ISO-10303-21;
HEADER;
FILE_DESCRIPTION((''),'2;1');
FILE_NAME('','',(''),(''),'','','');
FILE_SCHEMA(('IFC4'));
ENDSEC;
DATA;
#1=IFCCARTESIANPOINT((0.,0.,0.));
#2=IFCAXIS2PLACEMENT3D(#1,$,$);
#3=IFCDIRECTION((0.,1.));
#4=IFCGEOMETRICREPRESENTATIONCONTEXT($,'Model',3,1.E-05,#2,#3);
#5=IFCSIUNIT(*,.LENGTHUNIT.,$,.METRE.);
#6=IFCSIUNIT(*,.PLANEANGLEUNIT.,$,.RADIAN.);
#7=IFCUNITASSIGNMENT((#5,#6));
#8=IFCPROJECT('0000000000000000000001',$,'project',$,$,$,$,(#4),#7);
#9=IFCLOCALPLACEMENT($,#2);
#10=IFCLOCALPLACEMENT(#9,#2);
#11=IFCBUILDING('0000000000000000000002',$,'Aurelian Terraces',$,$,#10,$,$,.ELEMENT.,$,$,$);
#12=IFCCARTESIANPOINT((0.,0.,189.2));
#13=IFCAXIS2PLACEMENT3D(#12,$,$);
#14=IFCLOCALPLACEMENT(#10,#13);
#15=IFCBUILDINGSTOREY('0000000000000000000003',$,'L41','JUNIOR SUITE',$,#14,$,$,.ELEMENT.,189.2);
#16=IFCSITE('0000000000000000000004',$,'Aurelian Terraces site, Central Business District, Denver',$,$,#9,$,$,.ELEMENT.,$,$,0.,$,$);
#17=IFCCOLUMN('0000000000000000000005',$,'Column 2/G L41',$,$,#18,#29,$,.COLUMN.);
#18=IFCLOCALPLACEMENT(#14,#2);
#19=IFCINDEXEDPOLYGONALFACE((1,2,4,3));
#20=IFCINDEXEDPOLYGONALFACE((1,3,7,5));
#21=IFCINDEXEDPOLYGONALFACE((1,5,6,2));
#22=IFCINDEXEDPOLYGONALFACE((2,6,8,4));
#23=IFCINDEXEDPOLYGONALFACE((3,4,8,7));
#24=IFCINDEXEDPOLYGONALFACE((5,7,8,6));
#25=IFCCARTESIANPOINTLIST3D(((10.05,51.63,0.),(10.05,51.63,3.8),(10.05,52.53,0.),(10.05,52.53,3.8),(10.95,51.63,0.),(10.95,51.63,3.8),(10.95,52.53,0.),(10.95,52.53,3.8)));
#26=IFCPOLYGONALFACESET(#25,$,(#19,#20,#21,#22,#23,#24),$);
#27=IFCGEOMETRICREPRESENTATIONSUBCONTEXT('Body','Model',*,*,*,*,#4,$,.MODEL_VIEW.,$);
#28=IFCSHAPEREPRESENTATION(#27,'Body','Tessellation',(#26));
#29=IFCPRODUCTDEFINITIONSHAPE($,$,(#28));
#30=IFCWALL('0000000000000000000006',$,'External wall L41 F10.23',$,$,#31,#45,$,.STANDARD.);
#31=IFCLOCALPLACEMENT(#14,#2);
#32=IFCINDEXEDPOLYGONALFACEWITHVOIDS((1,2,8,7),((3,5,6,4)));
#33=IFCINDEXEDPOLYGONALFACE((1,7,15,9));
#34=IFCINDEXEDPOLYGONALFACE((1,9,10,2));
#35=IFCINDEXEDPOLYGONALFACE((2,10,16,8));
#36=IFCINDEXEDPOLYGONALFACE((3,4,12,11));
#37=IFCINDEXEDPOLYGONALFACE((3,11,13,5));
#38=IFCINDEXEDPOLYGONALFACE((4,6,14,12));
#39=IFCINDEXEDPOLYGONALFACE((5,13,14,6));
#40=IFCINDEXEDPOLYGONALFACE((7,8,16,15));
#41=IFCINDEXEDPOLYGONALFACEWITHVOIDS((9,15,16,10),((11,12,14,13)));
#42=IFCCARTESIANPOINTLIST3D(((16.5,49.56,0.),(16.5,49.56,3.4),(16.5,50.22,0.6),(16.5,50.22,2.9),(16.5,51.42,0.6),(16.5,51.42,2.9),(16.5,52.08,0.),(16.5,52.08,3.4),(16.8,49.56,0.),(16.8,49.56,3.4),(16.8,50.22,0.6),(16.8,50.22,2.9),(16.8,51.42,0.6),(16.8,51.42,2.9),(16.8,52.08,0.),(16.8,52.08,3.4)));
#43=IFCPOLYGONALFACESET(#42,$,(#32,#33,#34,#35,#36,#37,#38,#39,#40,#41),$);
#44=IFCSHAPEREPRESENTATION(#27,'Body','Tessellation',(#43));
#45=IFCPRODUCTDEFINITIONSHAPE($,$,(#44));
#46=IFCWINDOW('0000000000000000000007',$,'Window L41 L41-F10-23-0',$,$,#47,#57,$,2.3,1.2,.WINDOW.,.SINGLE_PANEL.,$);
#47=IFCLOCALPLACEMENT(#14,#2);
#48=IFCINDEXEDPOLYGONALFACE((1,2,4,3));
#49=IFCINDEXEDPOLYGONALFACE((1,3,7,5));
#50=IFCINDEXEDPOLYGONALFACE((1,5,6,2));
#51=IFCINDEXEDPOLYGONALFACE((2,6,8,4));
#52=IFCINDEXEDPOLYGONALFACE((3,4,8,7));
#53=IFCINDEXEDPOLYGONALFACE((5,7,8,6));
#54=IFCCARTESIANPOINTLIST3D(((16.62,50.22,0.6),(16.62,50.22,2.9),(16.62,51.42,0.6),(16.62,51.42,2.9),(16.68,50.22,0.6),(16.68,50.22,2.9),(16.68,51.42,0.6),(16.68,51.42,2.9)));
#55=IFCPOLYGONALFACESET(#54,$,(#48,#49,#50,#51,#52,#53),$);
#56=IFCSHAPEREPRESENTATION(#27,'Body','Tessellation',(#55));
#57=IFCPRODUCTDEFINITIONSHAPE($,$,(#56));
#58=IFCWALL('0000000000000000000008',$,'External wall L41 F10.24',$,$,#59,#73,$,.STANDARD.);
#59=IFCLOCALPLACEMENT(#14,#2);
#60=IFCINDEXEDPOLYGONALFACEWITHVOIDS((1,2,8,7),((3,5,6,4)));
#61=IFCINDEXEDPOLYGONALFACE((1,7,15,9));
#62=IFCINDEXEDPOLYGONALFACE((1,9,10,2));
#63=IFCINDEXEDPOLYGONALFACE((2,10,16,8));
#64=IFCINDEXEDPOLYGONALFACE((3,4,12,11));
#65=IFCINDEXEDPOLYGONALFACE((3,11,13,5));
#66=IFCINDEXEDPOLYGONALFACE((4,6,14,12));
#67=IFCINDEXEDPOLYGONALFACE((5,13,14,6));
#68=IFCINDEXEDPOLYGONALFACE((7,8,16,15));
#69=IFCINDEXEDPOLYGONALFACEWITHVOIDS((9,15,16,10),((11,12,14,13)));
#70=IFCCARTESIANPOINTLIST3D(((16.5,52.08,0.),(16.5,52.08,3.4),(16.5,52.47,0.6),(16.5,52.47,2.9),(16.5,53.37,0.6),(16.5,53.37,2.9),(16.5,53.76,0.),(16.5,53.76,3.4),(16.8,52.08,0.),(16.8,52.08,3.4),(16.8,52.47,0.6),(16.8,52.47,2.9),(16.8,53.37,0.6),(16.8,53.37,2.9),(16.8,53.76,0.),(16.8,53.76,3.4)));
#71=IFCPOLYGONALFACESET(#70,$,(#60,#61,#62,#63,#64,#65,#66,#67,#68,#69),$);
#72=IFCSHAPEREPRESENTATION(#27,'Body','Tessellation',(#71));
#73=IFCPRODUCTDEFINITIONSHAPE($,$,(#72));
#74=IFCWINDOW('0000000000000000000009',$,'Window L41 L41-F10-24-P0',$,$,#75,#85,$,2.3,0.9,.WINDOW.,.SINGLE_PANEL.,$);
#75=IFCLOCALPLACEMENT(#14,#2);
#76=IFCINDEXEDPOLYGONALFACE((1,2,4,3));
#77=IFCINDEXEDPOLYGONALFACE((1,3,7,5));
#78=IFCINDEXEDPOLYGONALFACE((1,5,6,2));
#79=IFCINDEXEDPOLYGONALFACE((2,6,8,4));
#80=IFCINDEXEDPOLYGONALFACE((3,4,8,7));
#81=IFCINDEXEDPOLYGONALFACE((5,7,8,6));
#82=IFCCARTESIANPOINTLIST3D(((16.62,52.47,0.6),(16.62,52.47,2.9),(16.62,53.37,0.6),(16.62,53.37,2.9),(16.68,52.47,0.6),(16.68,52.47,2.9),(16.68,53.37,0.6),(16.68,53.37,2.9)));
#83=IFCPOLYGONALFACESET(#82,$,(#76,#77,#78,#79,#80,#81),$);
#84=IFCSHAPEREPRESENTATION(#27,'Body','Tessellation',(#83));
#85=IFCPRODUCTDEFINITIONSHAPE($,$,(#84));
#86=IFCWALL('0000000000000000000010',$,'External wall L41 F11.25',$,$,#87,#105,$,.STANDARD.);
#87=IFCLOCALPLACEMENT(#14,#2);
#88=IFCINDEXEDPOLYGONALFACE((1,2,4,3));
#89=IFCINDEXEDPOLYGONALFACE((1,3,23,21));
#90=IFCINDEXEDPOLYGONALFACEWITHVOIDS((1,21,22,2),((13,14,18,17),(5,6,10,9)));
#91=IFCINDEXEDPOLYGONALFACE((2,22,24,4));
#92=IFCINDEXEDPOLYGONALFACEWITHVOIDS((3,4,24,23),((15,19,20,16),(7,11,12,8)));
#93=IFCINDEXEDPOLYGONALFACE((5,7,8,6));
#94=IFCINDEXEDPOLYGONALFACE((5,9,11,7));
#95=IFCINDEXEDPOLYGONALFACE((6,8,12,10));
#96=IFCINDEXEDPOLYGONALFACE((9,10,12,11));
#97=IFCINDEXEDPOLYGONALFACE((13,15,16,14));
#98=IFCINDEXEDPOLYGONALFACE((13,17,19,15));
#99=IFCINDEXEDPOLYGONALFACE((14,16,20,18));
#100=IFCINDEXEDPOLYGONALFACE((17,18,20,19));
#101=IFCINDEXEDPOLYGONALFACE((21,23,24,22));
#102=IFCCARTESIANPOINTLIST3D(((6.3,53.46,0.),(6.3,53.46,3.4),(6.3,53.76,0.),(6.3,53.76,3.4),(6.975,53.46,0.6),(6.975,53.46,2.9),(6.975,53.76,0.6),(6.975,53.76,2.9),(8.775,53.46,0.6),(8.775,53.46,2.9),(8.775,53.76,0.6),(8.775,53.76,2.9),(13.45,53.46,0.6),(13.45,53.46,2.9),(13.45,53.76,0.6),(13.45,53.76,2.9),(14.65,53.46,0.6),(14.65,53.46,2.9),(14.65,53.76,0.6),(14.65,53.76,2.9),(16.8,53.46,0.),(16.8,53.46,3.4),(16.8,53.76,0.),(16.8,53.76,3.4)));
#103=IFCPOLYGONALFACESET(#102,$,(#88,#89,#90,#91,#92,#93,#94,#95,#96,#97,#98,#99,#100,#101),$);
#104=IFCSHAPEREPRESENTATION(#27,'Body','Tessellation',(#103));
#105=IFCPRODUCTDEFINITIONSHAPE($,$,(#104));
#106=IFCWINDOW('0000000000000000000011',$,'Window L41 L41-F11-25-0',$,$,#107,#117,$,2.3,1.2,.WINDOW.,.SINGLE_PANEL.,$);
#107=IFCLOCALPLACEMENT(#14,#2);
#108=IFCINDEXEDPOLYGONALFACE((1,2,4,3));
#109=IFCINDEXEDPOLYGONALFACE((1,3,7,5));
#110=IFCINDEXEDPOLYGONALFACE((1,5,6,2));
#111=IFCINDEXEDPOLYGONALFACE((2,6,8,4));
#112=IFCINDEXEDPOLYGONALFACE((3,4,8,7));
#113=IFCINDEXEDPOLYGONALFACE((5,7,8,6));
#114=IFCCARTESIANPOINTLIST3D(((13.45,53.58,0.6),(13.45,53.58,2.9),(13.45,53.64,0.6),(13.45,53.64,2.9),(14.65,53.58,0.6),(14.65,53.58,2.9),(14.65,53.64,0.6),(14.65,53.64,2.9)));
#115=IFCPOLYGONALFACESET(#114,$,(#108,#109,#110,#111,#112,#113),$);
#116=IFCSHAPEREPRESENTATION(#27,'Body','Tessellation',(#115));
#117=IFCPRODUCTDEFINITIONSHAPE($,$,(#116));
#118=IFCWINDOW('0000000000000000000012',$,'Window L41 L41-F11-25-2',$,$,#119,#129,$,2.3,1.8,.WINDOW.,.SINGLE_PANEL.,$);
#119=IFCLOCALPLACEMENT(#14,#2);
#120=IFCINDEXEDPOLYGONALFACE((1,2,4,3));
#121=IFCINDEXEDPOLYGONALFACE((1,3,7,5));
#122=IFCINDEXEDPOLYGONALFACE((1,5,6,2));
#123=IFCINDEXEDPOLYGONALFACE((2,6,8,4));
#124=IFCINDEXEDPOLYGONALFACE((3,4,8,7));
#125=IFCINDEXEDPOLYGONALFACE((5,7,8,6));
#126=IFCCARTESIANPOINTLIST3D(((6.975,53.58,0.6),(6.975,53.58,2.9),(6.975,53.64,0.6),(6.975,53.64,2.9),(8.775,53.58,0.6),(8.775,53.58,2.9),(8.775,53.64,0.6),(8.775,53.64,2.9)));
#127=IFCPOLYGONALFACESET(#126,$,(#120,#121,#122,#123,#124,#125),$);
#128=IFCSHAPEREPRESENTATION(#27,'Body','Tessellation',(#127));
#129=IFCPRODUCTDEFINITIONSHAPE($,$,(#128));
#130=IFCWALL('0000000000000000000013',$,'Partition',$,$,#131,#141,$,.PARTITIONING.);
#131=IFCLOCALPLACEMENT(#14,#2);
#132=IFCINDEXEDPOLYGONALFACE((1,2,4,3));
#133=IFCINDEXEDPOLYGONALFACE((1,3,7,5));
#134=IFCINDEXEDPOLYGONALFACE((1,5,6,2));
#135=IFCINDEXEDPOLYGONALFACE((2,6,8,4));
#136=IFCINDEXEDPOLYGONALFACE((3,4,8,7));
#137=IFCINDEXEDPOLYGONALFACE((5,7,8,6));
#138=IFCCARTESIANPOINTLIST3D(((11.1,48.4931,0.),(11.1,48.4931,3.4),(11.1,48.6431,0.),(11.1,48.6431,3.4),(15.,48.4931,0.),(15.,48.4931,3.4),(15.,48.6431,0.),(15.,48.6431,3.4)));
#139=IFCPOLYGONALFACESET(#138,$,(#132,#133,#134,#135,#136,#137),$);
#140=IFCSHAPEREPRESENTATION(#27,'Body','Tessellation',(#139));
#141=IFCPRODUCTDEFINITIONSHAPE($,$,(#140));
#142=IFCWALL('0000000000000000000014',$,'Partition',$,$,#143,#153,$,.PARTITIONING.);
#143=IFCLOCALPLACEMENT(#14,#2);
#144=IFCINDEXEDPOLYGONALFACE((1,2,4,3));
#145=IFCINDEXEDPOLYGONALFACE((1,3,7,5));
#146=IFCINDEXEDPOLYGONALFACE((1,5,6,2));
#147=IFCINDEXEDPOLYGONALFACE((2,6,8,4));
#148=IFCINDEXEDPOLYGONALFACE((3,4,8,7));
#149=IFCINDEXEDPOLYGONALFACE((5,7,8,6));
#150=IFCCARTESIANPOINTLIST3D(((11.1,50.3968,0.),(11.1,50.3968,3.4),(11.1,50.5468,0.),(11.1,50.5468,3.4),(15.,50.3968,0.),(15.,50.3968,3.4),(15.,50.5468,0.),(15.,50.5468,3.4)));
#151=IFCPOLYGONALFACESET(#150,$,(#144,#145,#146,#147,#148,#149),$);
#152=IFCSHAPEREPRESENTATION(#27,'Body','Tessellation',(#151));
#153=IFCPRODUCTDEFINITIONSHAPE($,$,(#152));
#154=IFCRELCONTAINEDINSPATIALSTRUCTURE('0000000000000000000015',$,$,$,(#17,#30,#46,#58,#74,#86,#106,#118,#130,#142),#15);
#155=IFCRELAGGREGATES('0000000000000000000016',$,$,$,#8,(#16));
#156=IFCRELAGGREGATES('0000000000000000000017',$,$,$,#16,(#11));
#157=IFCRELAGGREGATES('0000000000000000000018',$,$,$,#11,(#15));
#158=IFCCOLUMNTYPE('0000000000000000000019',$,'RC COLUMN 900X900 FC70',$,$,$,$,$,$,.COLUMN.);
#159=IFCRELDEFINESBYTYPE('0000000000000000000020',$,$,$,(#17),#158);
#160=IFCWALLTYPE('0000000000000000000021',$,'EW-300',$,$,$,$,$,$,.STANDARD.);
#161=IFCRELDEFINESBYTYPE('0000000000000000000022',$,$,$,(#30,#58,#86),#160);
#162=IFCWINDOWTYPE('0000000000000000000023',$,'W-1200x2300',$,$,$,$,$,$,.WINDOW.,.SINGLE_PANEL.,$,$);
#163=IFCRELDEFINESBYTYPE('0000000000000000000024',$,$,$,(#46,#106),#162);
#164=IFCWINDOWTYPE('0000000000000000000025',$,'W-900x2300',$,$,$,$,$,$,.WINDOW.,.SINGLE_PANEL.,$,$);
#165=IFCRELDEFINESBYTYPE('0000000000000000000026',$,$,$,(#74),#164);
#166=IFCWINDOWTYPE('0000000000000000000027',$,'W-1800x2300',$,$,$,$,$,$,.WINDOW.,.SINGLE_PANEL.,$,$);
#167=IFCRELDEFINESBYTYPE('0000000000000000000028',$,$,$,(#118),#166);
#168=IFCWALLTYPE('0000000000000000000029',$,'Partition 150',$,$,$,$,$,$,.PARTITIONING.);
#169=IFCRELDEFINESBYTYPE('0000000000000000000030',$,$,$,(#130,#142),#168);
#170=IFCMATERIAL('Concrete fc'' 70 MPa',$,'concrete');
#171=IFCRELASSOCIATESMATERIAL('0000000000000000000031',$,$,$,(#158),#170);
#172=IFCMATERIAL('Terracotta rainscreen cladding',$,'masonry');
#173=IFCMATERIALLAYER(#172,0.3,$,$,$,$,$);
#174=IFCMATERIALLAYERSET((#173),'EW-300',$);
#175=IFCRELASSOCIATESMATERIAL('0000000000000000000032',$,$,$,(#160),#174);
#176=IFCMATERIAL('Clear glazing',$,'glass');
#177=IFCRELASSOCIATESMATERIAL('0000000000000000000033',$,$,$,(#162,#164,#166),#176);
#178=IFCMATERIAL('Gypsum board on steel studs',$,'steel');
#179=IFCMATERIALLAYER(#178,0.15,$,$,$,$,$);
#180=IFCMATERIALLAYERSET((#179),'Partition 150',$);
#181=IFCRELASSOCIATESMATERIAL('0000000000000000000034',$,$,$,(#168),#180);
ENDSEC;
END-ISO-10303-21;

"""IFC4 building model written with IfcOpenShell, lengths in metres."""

from ifc_helpers import new_model, si_unit, direction, frame, frame_2d, origin, origin_2d, place, context, subcontext, project, spatial, rectangle, extrude, source, transform, mapped, material, layer, layer_set, material_profile, profile_set, type_object, element, fill, save


model = new_model("IFC4")

# Units and contexts
model_context = context("Model", 3, precision=1e-05, world=origin(), true_north=direction((0.0, 1.0)))
body_context = subcontext(model_context, "Body", "Model", "MODEL_VIEW")
ifc_project = project(units=[si_unit("LENGTHUNIT", "METRE"), si_unit("PLANEANGLEUNIT", "RADIAN")], contexts=[model_context])

# Site, building, storey
site_placement = place(None, origin())
site = spatial("IfcSite", under=ifc_project, at=site_placement, Name="Aurelian Terraces site, Central Business District, Denver", CompositionType="ELEMENT", RefElevation=0.0)
building_placement = place(site_placement, origin())
building = spatial("IfcBuilding", under=site, at=building_placement, Name="Aurelian Terraces", CompositionType="ELEMENT")
storey_placement = place(building_placement, frame((0.0, 0.0, 189.2)))
storey = spatial("IfcBuildingStorey", under=building, at=storey_placement, Name="L41", Description="JUNIOR SUITE", CompositionType="ELEMENT", Elevation=189.2)

# Column
ifc_material_1 = material(Name="Concrete fc' 70 MPa", Category="concrete")
ifc_material_profile = material_profile(ifc_material_1, rectangle(XDim=0.9, YDim=0.9, at=origin_2d()))
ifc_profile_set = profile_set([ifc_material_profile], Name="Concrete fc' 70 MPa")
column_type = type_object("IfcColumnType", Name="RC COLUMN 900X900 FC70", PredefinedType="COLUMN", material=ifc_profile_set)
shared_shape_1 = source(origin(), body_context, "Body", "SweptSolid", [
    extrude(rectangle(XDim=0.9, YDim=0.9, at=origin_2d()), origin(), (0.0, 0.0, 1.0), 3.8),
])
column_placement = place(storey_placement, frame((10.5, 52.08, 0.0), z_axis=(0.0, 0.0, 1.0), x_axis=(1.0, 0.0, 0.0)))
element("IfcColumn", 1, at=column_placement, inside=storey, type_object=column_type, Name="Column 2/G L41", PredefinedType="COLUMN", context=body_context, shape_type="MappedRepresentation", body=[
    mapped(shared_shape_1, transform((0.0, 0.0, 0.0), scale=1.0)),
])

# Walls, openings, windows
ifc_material_2 = material(Name="Terracotta rainscreen cladding", Category="masonry")
ifc_layer_1 = layer(ifc_material_2, 0.3)
ifc_layer_set_1 = layer_set([ifc_layer_1], Name="EW-300")
wall_type_1 = type_object("IfcWallType", Name="EW-300", PredefinedType="STANDARD", material=ifc_layer_set_1)
shared_shape_2 = source(origin(), body_context, "Body", "SweptSolid", [
    extrude(rectangle(XDim=2.52, YDim=0.3, at=frame_2d((1.26, 0.0))), origin(), (0.0, 0.0, 1.0), 3.4),
])
wall_1_placement = place(storey_placement, frame((16.65, 49.56, 0.0), z_axis=(0.0, 0.0, 1.0), x_axis=(0.0, 1.0, 0.0)))
wall_1 = element("IfcWall", 2, at=wall_1_placement, inside=storey, type_object=wall_type_1, Name="External wall L41 F10.23", PredefinedType="STANDARD", context=body_context, shape_type="MappedRepresentation", body=[
    mapped(shared_shape_2, transform((0.0, 0.0, 0.0), scale=1.0)),
])
shared_shape_3 = source(origin(), body_context, "Body", "SweptSolid", [
    extrude(rectangle(XDim=1.2, YDim=2.3, at=frame_2d((0.6, 1.15))), frame((0.0, 0.16, 0.0), z_axis=(0.0, -1.0, 0.0), x_axis=(1.0, 0.0, 0.0)), (0.0, 0.0, 1.0), 0.32),
])
opening_1_placement = place(wall_1_placement, frame((0.66, 0.0, 0.6)))
opening_1 = element("IfcOpeningElement", 3, at=opening_1_placement, cuts=wall_1, PredefinedType="OPENING", context=body_context, shape_type="MappedRepresentation", body=[
    mapped(shared_shape_3, transform((0.0, 0.0, 0.0), scale=1.0)),
])
ifc_material_3 = material(Name="Clear glazing", Category="glass")
window_type_1 = type_object("IfcWindowType", Name="W-1200x2300", PartitioningType="SINGLE_PANEL", PredefinedType="WINDOW", material=ifc_material_3)
shared_shape_4 = source(origin(), body_context, "Body", "SweptSolid", [
    extrude(rectangle(XDim=1.2, YDim=2.3, at=frame_2d((0.6, 1.15))), frame((0.0, 0.03, 0.0), z_axis=(0.0, -1.0, 0.0), x_axis=(1.0, 0.0, 0.0)), (0.0, 0.0, 1.0), 0.06),
])
window_1_placement = place(opening_1_placement, origin())
window_1 = element("IfcWindow", 4, at=window_1_placement, inside=storey, type_object=window_type_1, Name="Window L41 L41-F10-23-0", OverallHeight=2.3, OverallWidth=1.2, PartitioningType="SINGLE_PANEL", PredefinedType="WINDOW", context=body_context, shape_type="MappedRepresentation", body=[
    mapped(shared_shape_4, transform((0.0, 0.0, 0.0), scale=1.0)),
])
fill(opening_1, window_1)
shared_shape_5 = source(origin(), body_context, "Body", "SweptSolid", [
    extrude(rectangle(XDim=1.68, YDim=0.3, at=frame_2d((0.84, 0.0))), origin(), (0.0, 0.0, 1.0), 3.4),
])
wall_2_placement = place(storey_placement, frame((16.65, 52.08, 0.0), z_axis=(0.0, 0.0, 1.0), x_axis=(0.0, 1.0, 0.0)))
wall_2 = element("IfcWall", 5, at=wall_2_placement, inside=storey, type_object=wall_type_1, Name="External wall L41 F10.24", PredefinedType="STANDARD", context=body_context, shape_type="MappedRepresentation", body=[
    mapped(shared_shape_5, transform((0.0, 0.0, 0.0), scale=1.0)),
])
shared_shape_6 = source(origin(), body_context, "Body", "SweptSolid", [
    extrude(rectangle(XDim=0.9, YDim=2.3, at=frame_2d((0.45, 1.15))), frame((0.0, 0.16, 0.0), z_axis=(0.0, -1.0, 0.0), x_axis=(1.0, 0.0, 0.0)), (0.0, 0.0, 1.0), 0.32),
])
opening_2_placement = place(wall_2_placement, frame((0.39, 0.0, 0.6)))
opening_2 = element("IfcOpeningElement", 6, at=opening_2_placement, cuts=wall_2, PredefinedType="OPENING", context=body_context, shape_type="MappedRepresentation", body=[
    mapped(shared_shape_6, transform((0.0, 0.0, 0.0), scale=1.0)),
])
window_type_2 = type_object("IfcWindowType", Name="W-900x2300", PartitioningType="SINGLE_PANEL", PredefinedType="WINDOW", material=ifc_material_3)
shared_shape_7 = source(origin(), body_context, "Body", "SweptSolid", [
    extrude(rectangle(XDim=0.9, YDim=2.3, at=frame_2d((0.45, 1.15))), frame((0.0, 0.03, 0.0), z_axis=(0.0, -1.0, 0.0), x_axis=(1.0, 0.0, 0.0)), (0.0, 0.0, 1.0), 0.06),
])
window_2_placement = place(opening_2_placement, origin())
window_2 = element("IfcWindow", 7, at=window_2_placement, inside=storey, type_object=window_type_2, Name="Window L41 L41-F10-24-P0", OverallHeight=2.3, OverallWidth=0.9, PartitioningType="SINGLE_PANEL", PredefinedType="WINDOW", context=body_context, shape_type="MappedRepresentation", body=[
    mapped(shared_shape_7, transform((0.0, 0.0, 0.0), scale=1.0)),
])
fill(opening_2, window_2)

# Wall, openings, windows
shared_shape_8 = source(origin(), body_context, "Body", "SweptSolid", [
    extrude(rectangle(XDim=10.5, YDim=0.3, at=frame_2d((5.25, 0.0))), origin(), (0.0, 0.0, 1.0), 3.4),
])
wall_3_placement = place(storey_placement, frame((16.8, 53.61, 0.0), z_axis=(0.0, 0.0, 1.0), x_axis=(-1.0, 0.0, 0.0)))
wall_3 = element("IfcWall", 8, at=wall_3_placement, inside=storey, type_object=wall_type_1, Name="External wall L41 F11.25", PredefinedType="STANDARD", context=body_context, shape_type="MappedRepresentation", body=[
    mapped(shared_shape_8, transform((0.0, 0.0, 0.0), scale=1.0)),
])
opening_3_placement = place(wall_3_placement, frame((2.15, 0.0, 0.6)))
opening_3 = element("IfcOpeningElement", 9, at=opening_3_placement, cuts=wall_3, PredefinedType="OPENING", context=body_context, shape_type="MappedRepresentation", body=[
    mapped(shared_shape_3, transform((0.0, 0.0, 0.0), scale=1.0)),
])
shared_shape_9 = source(origin(), body_context, "Body", "SweptSolid", [
    extrude(rectangle(XDim=1.8, YDim=2.3, at=frame_2d((0.9, 1.15))), frame((0.0, 0.16, 0.0), z_axis=(0.0, -1.0, 0.0), x_axis=(1.0, 0.0, 0.0)), (0.0, 0.0, 1.0), 0.32),
])
opening_4_placement = place(wall_3_placement, frame((8.025, 0.0, 0.6)))
opening_4 = element("IfcOpeningElement", 10, at=opening_4_placement, cuts=wall_3, PredefinedType="OPENING", context=body_context, shape_type="MappedRepresentation", body=[
    mapped(shared_shape_9, transform((0.0, 0.0, 0.0), scale=1.0)),
])
window_3_placement = place(opening_3_placement, origin())
window_3 = element("IfcWindow", 11, at=window_3_placement, inside=storey, type_object=window_type_1, Name="Window L41 L41-F11-25-0", OverallHeight=2.3, OverallWidth=1.2, PartitioningType="SINGLE_PANEL", PredefinedType="WINDOW", context=body_context, shape_type="MappedRepresentation", body=[
    mapped(shared_shape_4, transform((0.0, 0.0, 0.0), scale=1.0)),
])
fill(opening_3, window_3)
window_type_3 = type_object("IfcWindowType", Name="W-1800x2300", PartitioningType="SINGLE_PANEL", PredefinedType="WINDOW", material=ifc_material_3)
shared_shape_10 = source(origin(), body_context, "Body", "SweptSolid", [
    extrude(rectangle(XDim=1.8, YDim=2.3, at=frame_2d((0.9, 1.15))), frame((0.0, 0.03, 0.0), z_axis=(0.0, -1.0, 0.0), x_axis=(1.0, 0.0, 0.0)), (0.0, 0.0, 1.0), 0.06),
])
window_4_placement = place(opening_4_placement, origin())
window_4 = element("IfcWindow", 12, at=window_4_placement, inside=storey, type_object=window_type_3, Name="Window L41 L41-F11-25-2", OverallHeight=2.3, OverallWidth=1.8, PartitioningType="SINGLE_PANEL", PredefinedType="WINDOW", context=body_context, shape_type="MappedRepresentation", body=[
    mapped(shared_shape_10, transform((0.0, 0.0, 0.0), scale=1.0)),
])
fill(opening_4, window_4)

# Walls
ifc_material_4 = material(Name="Gypsum board on steel studs", Category="steel")
ifc_layer_2 = layer(ifc_material_4, 0.15)
ifc_layer_set_2 = layer_set([ifc_layer_2], Name="Partition 150")
wall_type_2 = type_object("IfcWallType", Name="Partition 150", PredefinedType="PARTITIONING", material=ifc_layer_set_2)
shared_shape_11 = source(origin(), body_context, "Body", "SweptSolid", [
    extrude(rectangle(XDim=3.9, YDim=0.15, at=frame_2d((1.95, 0.0))), origin(), (0.0, 0.0, 1.0), 3.4),
])
for number, where, z_axis, x_axis, name in (
    (13, (15.0, 48.5681, 0.0), (0.0, 0.0, 1.0), (-1.0, 0.0, 0.0), "Partition"),
    (14, (15.0, 50.4718, 0.0), (0.0, 0.0, 1.0), (-1.0, 0.0, 0.0), "Partition"),
):
    element("IfcWall", number, at=place(storey_placement, frame(where, z_axis=z_axis, x_axis=x_axis)), inside=storey, type_object=wall_type_2, Name=name, PredefinedType="PARTITIONING", context=body_context, shape_type="MappedRepresentation", body=[
        mapped(shared_shape_11, transform((0.0, 0.0, 0.0), scale=1.0)),
    ])

save(model, "model.ifc")
